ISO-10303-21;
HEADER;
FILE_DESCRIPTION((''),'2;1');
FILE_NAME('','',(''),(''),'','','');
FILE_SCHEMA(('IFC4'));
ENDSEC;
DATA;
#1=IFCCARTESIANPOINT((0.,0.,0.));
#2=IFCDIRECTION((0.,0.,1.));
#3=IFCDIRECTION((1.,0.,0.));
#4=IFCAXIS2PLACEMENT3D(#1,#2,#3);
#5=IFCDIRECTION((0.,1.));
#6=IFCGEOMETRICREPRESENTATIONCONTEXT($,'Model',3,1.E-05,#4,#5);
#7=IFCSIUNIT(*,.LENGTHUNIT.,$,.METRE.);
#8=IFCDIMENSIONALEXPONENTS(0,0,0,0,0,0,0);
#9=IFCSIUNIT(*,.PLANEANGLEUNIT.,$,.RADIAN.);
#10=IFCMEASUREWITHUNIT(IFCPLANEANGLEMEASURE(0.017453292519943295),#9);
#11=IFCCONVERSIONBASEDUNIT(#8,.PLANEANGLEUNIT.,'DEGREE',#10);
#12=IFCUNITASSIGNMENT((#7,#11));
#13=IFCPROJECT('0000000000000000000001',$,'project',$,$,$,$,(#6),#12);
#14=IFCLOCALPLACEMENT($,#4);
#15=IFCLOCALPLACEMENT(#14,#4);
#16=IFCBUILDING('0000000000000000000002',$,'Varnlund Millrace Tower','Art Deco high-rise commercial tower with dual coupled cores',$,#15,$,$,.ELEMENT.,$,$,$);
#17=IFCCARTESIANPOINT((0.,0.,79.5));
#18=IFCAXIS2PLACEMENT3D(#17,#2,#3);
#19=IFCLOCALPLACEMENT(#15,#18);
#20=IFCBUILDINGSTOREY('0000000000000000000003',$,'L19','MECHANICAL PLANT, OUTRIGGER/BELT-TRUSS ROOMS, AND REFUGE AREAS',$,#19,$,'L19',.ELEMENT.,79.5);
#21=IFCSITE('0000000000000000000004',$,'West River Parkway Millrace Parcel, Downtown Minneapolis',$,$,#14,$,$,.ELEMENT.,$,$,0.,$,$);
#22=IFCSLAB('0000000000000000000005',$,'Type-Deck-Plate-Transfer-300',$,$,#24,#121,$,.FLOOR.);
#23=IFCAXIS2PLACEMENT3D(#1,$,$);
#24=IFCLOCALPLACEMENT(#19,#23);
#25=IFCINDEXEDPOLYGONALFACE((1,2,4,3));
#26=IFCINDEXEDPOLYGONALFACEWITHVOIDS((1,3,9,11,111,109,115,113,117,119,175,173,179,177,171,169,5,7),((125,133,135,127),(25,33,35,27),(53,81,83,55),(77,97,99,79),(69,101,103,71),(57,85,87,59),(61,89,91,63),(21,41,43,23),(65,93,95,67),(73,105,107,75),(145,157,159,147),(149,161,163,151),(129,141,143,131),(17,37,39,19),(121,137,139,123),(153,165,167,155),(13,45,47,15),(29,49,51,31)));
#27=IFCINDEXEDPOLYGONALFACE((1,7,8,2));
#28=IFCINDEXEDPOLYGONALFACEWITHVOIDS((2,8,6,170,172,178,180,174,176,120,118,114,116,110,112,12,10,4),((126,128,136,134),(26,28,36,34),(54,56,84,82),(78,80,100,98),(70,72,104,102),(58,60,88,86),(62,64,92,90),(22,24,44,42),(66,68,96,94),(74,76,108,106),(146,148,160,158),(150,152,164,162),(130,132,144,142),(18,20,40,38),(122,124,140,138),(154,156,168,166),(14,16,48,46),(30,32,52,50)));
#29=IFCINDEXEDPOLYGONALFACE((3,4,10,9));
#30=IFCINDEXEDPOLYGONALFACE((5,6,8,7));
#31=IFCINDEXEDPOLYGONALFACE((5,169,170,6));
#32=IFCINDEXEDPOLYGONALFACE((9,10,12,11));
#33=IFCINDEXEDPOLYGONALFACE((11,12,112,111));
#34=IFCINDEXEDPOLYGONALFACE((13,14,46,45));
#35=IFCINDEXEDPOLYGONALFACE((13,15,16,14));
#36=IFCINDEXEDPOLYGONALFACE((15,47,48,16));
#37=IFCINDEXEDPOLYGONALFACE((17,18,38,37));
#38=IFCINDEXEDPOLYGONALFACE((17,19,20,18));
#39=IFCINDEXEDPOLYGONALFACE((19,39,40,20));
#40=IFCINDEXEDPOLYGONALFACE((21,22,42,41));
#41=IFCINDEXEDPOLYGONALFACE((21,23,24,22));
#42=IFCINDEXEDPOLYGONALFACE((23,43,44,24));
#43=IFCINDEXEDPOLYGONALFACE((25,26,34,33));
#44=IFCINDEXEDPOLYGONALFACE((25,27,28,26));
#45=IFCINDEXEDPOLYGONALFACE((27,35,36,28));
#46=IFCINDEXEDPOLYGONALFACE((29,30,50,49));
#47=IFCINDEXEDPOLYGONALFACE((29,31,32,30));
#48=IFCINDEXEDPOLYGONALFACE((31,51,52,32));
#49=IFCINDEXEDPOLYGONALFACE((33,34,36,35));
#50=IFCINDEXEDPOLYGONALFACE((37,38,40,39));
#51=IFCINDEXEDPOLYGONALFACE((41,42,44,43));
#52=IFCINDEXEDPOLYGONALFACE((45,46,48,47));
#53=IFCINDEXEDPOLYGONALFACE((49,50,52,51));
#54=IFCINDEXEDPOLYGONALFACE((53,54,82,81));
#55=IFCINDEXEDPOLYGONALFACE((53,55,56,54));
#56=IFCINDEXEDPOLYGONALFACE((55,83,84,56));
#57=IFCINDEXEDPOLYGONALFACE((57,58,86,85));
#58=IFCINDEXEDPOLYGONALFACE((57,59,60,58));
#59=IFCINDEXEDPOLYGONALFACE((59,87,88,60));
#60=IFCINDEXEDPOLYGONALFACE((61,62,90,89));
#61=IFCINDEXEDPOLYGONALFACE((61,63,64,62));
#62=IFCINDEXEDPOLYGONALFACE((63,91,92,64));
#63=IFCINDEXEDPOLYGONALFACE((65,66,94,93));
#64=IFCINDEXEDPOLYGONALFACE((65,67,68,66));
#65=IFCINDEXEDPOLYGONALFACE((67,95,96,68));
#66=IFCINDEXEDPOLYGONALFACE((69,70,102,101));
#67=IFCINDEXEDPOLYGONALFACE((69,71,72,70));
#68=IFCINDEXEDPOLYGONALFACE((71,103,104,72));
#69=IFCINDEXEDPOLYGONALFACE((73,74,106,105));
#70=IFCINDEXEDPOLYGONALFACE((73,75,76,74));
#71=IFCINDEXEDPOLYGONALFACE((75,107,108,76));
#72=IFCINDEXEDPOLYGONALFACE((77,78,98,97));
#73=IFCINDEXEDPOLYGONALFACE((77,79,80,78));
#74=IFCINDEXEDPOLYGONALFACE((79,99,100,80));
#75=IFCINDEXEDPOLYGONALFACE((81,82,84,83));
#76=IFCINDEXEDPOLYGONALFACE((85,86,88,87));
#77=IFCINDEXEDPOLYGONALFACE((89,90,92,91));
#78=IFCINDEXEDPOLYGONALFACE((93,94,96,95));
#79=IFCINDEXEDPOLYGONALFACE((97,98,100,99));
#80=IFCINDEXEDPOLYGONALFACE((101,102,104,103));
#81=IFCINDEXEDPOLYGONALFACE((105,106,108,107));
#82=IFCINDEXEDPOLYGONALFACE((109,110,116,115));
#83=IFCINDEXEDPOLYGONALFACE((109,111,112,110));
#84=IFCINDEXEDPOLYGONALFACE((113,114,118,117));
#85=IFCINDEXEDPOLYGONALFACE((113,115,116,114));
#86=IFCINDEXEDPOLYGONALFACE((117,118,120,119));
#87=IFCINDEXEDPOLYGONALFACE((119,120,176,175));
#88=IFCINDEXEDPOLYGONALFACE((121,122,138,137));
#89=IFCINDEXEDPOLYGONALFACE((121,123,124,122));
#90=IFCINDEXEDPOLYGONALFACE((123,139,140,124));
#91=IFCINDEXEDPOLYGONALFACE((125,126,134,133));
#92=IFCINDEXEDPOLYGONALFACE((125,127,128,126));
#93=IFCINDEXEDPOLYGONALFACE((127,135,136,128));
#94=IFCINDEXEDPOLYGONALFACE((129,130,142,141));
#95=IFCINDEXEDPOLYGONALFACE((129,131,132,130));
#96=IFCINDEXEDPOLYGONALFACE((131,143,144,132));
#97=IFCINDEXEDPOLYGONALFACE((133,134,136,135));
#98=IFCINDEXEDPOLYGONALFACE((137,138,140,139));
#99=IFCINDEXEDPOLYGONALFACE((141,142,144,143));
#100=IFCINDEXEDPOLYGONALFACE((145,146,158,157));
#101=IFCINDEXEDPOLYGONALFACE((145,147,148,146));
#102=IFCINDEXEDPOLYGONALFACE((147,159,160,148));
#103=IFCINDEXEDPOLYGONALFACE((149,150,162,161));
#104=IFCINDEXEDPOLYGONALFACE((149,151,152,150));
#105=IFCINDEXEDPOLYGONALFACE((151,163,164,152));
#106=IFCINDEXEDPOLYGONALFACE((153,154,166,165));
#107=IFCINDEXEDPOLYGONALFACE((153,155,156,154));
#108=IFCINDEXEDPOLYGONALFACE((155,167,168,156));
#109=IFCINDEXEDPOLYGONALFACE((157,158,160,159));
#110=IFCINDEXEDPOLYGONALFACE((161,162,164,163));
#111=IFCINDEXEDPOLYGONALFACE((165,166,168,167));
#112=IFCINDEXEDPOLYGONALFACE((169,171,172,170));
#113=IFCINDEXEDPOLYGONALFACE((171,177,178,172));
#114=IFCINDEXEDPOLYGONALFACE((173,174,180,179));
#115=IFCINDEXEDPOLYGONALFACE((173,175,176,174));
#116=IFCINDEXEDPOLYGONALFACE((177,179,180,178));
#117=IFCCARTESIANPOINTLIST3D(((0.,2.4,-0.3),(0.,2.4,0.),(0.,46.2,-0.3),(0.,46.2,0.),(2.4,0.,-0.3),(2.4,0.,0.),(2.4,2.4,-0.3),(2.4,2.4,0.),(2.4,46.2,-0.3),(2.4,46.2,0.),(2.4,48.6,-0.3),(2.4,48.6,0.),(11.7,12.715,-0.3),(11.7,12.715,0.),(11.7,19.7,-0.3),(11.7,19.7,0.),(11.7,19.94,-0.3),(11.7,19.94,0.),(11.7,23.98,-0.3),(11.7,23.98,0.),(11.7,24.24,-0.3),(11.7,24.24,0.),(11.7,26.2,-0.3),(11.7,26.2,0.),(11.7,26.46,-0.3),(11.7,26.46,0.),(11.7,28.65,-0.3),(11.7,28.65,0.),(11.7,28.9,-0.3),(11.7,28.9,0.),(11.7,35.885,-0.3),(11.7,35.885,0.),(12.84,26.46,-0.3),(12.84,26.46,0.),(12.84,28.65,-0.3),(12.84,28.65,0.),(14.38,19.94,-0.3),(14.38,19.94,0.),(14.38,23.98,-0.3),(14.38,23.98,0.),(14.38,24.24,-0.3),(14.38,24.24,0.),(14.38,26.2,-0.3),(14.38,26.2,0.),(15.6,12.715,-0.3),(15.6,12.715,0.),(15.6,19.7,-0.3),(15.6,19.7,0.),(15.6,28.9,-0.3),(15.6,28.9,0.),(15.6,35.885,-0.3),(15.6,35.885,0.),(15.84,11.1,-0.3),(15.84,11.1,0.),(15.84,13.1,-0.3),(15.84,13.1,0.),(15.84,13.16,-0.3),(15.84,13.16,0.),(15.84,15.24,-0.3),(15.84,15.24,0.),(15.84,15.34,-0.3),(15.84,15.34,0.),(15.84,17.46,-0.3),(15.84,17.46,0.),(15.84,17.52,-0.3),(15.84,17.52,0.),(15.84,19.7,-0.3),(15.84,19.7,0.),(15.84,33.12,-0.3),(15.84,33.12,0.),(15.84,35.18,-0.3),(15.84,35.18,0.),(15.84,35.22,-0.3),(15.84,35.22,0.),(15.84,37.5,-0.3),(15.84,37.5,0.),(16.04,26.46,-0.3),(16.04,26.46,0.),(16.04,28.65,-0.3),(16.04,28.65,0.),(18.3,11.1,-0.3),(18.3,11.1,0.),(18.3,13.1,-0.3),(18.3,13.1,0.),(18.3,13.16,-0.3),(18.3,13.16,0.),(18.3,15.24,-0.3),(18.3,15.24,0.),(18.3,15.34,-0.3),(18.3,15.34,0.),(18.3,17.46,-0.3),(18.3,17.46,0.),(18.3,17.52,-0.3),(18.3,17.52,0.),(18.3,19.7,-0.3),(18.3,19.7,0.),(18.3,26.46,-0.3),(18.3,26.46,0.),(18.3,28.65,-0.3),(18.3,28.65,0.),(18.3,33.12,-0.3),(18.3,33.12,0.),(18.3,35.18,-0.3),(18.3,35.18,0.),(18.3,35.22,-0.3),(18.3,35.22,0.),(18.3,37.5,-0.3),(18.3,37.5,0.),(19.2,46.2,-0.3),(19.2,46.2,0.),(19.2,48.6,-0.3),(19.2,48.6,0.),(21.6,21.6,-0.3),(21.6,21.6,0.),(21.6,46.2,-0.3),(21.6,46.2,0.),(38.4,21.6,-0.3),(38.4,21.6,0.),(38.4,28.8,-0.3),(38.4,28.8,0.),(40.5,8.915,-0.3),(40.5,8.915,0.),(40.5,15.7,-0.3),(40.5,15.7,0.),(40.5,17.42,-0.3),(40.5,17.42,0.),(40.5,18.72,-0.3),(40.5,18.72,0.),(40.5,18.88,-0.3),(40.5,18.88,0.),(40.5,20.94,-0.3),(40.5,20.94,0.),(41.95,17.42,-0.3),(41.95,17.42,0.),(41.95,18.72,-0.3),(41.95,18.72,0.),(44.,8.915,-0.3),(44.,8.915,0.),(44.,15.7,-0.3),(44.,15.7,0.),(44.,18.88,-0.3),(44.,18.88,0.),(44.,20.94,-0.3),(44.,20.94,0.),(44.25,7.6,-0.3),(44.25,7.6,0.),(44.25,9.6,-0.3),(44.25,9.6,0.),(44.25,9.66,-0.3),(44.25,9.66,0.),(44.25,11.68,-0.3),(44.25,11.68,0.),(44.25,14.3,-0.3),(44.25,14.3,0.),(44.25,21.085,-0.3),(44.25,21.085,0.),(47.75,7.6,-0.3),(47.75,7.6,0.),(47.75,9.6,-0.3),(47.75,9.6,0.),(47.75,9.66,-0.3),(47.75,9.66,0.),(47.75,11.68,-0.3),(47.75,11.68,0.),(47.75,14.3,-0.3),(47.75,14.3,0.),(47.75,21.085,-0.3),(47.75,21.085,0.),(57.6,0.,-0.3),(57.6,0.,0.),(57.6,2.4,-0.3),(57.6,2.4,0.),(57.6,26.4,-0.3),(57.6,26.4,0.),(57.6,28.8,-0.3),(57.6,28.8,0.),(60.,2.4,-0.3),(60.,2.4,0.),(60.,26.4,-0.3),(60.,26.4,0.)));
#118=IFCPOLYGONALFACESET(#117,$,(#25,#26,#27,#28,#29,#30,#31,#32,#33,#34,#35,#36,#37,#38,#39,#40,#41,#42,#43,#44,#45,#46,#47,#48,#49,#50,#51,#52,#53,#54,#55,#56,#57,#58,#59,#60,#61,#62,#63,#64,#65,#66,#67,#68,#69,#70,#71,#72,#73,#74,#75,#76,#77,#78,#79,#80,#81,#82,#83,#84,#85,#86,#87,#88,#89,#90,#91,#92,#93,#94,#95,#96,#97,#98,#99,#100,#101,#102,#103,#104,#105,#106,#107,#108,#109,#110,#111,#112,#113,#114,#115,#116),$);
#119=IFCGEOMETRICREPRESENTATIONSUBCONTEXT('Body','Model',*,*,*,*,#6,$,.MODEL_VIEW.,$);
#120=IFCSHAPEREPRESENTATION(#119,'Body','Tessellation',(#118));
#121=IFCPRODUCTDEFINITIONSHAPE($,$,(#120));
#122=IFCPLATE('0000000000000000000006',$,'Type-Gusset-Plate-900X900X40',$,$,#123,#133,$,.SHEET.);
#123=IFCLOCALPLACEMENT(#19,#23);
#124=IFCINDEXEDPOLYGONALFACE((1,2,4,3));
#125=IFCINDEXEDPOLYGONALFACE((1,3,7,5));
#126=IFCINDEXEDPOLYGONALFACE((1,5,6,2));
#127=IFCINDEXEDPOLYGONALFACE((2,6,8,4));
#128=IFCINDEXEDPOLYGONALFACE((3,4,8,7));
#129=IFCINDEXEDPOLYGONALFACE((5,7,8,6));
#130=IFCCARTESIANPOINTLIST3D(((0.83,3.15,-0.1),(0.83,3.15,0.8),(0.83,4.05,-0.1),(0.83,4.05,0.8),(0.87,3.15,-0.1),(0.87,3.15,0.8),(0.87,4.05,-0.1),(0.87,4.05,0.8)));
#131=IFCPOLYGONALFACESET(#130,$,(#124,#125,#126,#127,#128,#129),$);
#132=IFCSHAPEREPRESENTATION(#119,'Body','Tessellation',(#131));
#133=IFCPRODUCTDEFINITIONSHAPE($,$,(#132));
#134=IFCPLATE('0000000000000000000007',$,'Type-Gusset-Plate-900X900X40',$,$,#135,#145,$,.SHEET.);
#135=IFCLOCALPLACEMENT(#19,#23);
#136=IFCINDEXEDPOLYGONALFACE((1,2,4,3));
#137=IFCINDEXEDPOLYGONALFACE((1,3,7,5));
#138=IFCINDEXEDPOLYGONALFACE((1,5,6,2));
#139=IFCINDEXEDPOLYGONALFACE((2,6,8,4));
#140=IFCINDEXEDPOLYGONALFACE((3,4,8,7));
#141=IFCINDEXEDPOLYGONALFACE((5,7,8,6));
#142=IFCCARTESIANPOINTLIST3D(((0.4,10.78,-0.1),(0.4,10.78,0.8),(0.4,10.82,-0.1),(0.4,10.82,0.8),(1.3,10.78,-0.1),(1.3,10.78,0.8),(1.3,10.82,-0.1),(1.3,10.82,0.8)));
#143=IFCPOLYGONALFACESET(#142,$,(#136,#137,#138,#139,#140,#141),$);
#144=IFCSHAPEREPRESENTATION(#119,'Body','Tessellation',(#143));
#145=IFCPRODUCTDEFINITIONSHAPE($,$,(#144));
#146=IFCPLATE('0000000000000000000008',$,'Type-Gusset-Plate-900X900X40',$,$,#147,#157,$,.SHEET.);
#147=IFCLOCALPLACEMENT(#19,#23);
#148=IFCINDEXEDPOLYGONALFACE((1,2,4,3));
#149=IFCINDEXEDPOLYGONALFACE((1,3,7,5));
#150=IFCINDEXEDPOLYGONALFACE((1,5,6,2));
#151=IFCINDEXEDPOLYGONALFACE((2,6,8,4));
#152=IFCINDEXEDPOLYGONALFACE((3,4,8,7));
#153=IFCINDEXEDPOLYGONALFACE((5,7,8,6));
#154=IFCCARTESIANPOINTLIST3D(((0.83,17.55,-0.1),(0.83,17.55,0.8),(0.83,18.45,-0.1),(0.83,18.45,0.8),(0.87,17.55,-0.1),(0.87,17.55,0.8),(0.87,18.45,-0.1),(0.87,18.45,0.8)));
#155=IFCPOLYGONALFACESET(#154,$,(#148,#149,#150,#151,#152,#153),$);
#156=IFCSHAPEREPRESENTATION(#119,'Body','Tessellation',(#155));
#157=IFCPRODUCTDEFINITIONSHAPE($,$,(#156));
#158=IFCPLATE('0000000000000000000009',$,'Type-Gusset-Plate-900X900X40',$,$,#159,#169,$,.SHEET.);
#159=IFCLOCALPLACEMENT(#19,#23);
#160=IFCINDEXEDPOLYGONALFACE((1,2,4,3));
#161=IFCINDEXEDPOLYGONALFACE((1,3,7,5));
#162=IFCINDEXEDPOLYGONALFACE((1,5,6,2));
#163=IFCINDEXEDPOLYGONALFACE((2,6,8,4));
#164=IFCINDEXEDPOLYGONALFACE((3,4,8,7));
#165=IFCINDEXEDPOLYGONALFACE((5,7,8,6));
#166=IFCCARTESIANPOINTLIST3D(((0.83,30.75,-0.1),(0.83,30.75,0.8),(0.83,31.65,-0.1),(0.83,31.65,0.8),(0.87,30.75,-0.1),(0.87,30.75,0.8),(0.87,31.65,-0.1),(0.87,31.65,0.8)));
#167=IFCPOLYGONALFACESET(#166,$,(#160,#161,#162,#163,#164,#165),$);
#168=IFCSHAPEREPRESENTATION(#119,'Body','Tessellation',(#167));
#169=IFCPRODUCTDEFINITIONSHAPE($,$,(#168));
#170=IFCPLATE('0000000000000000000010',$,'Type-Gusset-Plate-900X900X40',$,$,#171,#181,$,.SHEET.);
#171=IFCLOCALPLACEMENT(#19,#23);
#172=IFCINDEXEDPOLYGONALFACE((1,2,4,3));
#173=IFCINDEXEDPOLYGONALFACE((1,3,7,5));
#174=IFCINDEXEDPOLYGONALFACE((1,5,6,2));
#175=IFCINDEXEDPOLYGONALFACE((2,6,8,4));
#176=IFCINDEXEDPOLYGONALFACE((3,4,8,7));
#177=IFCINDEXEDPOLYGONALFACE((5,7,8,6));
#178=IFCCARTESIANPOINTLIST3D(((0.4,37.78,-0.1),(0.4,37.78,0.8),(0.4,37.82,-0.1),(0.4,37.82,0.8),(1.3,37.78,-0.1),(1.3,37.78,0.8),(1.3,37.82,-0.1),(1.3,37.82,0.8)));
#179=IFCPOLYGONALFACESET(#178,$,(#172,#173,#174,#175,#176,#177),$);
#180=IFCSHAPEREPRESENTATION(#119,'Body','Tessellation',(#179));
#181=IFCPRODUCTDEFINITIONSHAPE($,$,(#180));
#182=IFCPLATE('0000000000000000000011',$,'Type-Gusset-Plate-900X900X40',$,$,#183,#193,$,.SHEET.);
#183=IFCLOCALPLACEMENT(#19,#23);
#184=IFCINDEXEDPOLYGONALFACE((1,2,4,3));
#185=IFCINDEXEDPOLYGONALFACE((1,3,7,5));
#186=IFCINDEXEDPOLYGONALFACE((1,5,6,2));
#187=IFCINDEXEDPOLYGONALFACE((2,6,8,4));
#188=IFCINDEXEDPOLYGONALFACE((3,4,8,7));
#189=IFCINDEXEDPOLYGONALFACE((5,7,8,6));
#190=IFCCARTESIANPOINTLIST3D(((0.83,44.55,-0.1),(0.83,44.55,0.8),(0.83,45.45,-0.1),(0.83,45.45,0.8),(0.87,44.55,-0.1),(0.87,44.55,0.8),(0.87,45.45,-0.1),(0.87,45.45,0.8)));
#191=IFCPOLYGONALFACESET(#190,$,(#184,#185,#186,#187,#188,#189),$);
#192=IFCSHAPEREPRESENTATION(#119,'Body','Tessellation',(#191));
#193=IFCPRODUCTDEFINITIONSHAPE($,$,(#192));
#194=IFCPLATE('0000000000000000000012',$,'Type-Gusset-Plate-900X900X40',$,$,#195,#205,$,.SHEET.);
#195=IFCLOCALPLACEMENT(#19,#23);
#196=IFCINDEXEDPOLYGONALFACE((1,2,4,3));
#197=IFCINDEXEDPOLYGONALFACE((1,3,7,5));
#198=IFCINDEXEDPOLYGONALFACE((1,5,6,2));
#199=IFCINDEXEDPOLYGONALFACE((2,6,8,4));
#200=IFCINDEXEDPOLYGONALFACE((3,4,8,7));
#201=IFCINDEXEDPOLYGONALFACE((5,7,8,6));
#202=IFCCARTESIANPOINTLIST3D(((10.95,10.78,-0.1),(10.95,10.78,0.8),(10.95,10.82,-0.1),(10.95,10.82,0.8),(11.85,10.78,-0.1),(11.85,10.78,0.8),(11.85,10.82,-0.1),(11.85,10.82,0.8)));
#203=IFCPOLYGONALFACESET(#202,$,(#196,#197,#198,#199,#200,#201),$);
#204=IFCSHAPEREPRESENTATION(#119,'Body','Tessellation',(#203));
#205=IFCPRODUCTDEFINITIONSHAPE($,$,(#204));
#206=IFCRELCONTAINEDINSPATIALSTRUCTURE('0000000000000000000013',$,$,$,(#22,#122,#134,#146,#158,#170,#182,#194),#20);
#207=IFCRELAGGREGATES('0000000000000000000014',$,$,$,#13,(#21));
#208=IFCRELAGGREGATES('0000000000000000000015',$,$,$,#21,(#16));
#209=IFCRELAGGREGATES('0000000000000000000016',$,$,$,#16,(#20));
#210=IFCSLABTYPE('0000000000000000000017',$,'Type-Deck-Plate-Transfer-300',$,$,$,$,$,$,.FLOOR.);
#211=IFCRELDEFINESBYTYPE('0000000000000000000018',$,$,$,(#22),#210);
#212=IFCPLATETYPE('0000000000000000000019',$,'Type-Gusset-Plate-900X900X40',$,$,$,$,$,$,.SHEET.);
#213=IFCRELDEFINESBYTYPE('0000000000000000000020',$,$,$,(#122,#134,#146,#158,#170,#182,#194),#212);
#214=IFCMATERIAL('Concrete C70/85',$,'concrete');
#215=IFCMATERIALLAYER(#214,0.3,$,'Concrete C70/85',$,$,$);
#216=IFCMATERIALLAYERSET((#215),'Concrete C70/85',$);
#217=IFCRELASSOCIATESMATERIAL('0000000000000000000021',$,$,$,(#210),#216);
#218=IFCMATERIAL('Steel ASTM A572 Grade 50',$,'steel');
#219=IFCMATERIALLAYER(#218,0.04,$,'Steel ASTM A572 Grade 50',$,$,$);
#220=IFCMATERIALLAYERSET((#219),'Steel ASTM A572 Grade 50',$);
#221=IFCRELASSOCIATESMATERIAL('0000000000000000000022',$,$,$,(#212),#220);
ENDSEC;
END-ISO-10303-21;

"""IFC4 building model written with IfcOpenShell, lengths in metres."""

from ifc_helpers import new_model, entity, si_unit, converted_unit, direction, frame, origin_with_axes, origin_2d_with_axis, place, context, subcontext, project, spatial, polyline, rectangle, outline, extrude, material, layer, layer_set, type_object, element, save


model = new_model("IFC4")

# Units and contexts
model_context = context("Model", 3, precision=1e-05, world=origin_with_axes(), true_north=direction((0.0, 1.0)))
body_context = subcontext(model_context, "Body", "Model", "MODEL_VIEW")
ifc_project = project(units=[si_unit("LENGTHUNIT", "METRE"), converted_unit("PLANEANGLEUNIT", "DEGREE", entity("IfcPlaneAngleMeasure", 0.017453292519943295), si_unit("PLANEANGLEUNIT", "RADIAN"), dimensions=[0, 0, 0, 0, 0, 0, 0])], contexts=[model_context])

# Site, building, storey
site_placement = place(None, origin_with_axes())
site = spatial("IfcSite", under=ifc_project, at=site_placement, Name="West River Parkway Millrace Parcel, Downtown Minneapolis", CompositionType="ELEMENT", RefElevation=0.0)
building_placement = place(site_placement, origin_with_axes())
building = spatial("IfcBuilding", under=site, at=building_placement, Name="Varnlund Millrace Tower", Description="Art Deco high-rise commercial tower with dual coupled cores", CompositionType="ELEMENT")
storey_placement = place(building_placement, frame((0.0, 0.0, 79.5), z_axis=(0.0, 0.0, 1.0), x_axis=(1.0, 0.0, 0.0)))
storey = spatial("IfcBuildingStorey", under=building, at=storey_placement, Name="L19", Description="MECHANICAL PLANT, OUTRIGGER/BELT-TRUSS ROOMS, AND REFUGE AREAS", LongName="L19", CompositionType="ELEMENT", Elevation=79.5)

# Slab
ifc_material_1 = material(Name="Concrete C70/85", Category="concrete")
ifc_layer_1 = layer(ifc_material_1, 0.3, Name="Concrete C70/85")
ifc_layer_set_1 = layer_set([ifc_layer_1], Name="Concrete C70/85")
slab_type = type_object("IfcSlabType", Name="Type-Deck-Plate-Transfer-300", PredefinedType="FLOOR", material=ifc_layer_set_1)
slab_placement = place(storey_placement, frame((0.0, 0.0, -0.3), z_axis=(0.0, 0.0, 1.0), x_axis=(1.0, 0.0, 0.0)))
element("IfcSlab", 1, at=slab_placement, inside=storey, type_object=slab_type, Name="Type-Deck-Plate-Transfer-300", PredefinedType="FLOOR", context=body_context, shape_type="SweptSolid", body=[
    extrude(outline(polyline([(21.6, 21.6), (21.6, 46.2), (19.2, 46.2), (19.2, 48.6), (2.4, 48.6), (2.4, 46.2), (0.0, 46.2), (0.0, 2.4), (2.4, 2.4), (2.4, 0.0), (57.6, 0.0), (57.6, 2.4), (60.0, 2.4), (60.0, 26.4), (57.6, 26.4), (57.6, 28.8), (38.4, 28.8), (38.4, 21.6), (21.6, 21.6)]), holes=[polyline([(18.3, 11.1), (15.84, 11.1), (15.84, 13.1), (18.3, 13.1), (18.3, 11.1)]), polyline([(18.3, 13.16), (15.84, 13.16), (15.84, 15.24), (18.3, 15.24), (18.3, 13.16)]), polyline([(15.6, 12.715), (11.7, 12.715), (11.7, 19.7), (15.6, 19.7), (15.6, 12.715)]), polyline([(18.3, 15.34), (15.84, 15.34), (15.84, 17.46), (18.3, 17.46), (18.3, 15.34)]), polyline([(18.3, 17.52), (15.84, 17.52), (15.84, 19.7), (18.3, 19.7), (18.3, 17.52)]), polyline([(14.38, 23.98), (14.38, 19.94), (11.7, 19.94), (11.7, 23.98), (14.38, 23.98)]), polyline([(11.7, 24.24), (11.7, 26.2), (14.38, 26.2), (14.38, 24.24), (11.7, 24.24)]), polyline([(11.7, 26.46), (11.7, 28.65), (12.84, 28.65), (12.84, 26.46), (11.7, 26.46)]), polyline([(15.6, 28.9), (11.7, 28.9), (11.7, 35.885), (15.6, 35.885), (15.6, 28.9)]), polyline([(47.75, 7.6), (44.25, 7.6), (44.25, 9.6), (47.75, 9.6), (47.75, 7.6)]), polyline([(47.75, 9.66), (44.25, 9.66), (44.25, 11.68), (47.75, 11.68), (47.75, 9.66)]), polyline([(40.5, 8.915), (40.5, 15.7), (44.0, 15.7), (44.0, 8.915), (40.5, 8.915)]), polyline([(44.25, 14.3), (44.25, 21.085), (47.75, 21.085), (47.75, 14.3), (44.25, 14.3)]), polyline([(41.95, 17.42), (40.5, 17.42), (40.5, 18.72), (41.95, 18.72), (41.95, 17.42)]), polyline([(44.0, 18.88), (40.5, 18.88), (40.5, 20.94), (44.0, 20.94), (44.0, 18.88)]), polyline([(18.3, 26.46), (16.04, 26.46), (16.04, 28.65), (18.3, 28.65), (18.3, 26.46)]), polyline([(15.84, 33.12), (15.84, 35.18), (18.3, 35.18), (18.3, 33.12), (15.84, 33.12)]), polyline([(15.84, 35.22), (15.84, 37.5), (18.3, 37.5), (18.3, 35.22), (15.84, 35.22)])]), origin_with_axes(), (0.0, 0.0, 1.0), 0.3),
])

# Plates
ifc_material_2 = material(Name="Steel ASTM A572 Grade 50", Category="steel")
ifc_layer_2 = layer(ifc_material_2, 0.04, Name="Steel ASTM A572 Grade 50")
ifc_layer_set_2 = layer_set([ifc_layer_2], Name="Steel ASTM A572 Grade 50")
plate_type = type_object("IfcPlateType", Name="Type-Gusset-Plate-900X900X40", PredefinedType="SHEET", material=ifc_layer_set_2)
for number, where, z_axis, x_axis, name in (
    (2, (0.85, 3.6, -0.1), (0.0, 0.0, 1.0), (0.0, 1.0, 0.0), "Type-Gusset-Plate-900X900X40"),
    (3, (0.85, 10.8, -0.1), (0.0, 0.0, 1.0), (1.0, 0.0, 0.0), "Type-Gusset-Plate-900X900X40"),
    (4, (0.85, 18.0, -0.1), (0.0, 0.0, 1.0), (0.0, 1.0, 0.0), "Type-Gusset-Plate-900X900X40"),
    (5, (0.85, 31.2, -0.1), (0.0, 0.0, 1.0), (0.0, 1.0, 0.0), "Type-Gusset-Plate-900X900X40"),
    (6, (0.85, 37.8, -0.1), (0.0, 0.0, 1.0), (1.0, 0.0, 0.0), "Type-Gusset-Plate-900X900X40"),
    (7, (0.85, 45.0, -0.1), (0.0, 0.0, 1.0), (0.0, 1.0, 0.0), "Type-Gusset-Plate-900X900X40"),
    (8, (11.4, 10.8, -0.1), (0.0, 0.0, 1.0), (1.0, 0.0, 0.0), "Type-Gusset-Plate-900X900X40"),
):
    element("IfcPlate", number, at=place(storey_placement, frame(where, z_axis=z_axis, x_axis=x_axis)), inside=storey, type_object=plate_type, Name=name, PredefinedType="SHEET", context=body_context, shape_type="SweptSolid", body=[
        extrude(rectangle(XDim=0.9, YDim=0.04, at=origin_2d_with_axis()), origin_with_axes(), (0.0, 0.0, 1.0), 0.9),
    ])

save(model, "model.ifc")
